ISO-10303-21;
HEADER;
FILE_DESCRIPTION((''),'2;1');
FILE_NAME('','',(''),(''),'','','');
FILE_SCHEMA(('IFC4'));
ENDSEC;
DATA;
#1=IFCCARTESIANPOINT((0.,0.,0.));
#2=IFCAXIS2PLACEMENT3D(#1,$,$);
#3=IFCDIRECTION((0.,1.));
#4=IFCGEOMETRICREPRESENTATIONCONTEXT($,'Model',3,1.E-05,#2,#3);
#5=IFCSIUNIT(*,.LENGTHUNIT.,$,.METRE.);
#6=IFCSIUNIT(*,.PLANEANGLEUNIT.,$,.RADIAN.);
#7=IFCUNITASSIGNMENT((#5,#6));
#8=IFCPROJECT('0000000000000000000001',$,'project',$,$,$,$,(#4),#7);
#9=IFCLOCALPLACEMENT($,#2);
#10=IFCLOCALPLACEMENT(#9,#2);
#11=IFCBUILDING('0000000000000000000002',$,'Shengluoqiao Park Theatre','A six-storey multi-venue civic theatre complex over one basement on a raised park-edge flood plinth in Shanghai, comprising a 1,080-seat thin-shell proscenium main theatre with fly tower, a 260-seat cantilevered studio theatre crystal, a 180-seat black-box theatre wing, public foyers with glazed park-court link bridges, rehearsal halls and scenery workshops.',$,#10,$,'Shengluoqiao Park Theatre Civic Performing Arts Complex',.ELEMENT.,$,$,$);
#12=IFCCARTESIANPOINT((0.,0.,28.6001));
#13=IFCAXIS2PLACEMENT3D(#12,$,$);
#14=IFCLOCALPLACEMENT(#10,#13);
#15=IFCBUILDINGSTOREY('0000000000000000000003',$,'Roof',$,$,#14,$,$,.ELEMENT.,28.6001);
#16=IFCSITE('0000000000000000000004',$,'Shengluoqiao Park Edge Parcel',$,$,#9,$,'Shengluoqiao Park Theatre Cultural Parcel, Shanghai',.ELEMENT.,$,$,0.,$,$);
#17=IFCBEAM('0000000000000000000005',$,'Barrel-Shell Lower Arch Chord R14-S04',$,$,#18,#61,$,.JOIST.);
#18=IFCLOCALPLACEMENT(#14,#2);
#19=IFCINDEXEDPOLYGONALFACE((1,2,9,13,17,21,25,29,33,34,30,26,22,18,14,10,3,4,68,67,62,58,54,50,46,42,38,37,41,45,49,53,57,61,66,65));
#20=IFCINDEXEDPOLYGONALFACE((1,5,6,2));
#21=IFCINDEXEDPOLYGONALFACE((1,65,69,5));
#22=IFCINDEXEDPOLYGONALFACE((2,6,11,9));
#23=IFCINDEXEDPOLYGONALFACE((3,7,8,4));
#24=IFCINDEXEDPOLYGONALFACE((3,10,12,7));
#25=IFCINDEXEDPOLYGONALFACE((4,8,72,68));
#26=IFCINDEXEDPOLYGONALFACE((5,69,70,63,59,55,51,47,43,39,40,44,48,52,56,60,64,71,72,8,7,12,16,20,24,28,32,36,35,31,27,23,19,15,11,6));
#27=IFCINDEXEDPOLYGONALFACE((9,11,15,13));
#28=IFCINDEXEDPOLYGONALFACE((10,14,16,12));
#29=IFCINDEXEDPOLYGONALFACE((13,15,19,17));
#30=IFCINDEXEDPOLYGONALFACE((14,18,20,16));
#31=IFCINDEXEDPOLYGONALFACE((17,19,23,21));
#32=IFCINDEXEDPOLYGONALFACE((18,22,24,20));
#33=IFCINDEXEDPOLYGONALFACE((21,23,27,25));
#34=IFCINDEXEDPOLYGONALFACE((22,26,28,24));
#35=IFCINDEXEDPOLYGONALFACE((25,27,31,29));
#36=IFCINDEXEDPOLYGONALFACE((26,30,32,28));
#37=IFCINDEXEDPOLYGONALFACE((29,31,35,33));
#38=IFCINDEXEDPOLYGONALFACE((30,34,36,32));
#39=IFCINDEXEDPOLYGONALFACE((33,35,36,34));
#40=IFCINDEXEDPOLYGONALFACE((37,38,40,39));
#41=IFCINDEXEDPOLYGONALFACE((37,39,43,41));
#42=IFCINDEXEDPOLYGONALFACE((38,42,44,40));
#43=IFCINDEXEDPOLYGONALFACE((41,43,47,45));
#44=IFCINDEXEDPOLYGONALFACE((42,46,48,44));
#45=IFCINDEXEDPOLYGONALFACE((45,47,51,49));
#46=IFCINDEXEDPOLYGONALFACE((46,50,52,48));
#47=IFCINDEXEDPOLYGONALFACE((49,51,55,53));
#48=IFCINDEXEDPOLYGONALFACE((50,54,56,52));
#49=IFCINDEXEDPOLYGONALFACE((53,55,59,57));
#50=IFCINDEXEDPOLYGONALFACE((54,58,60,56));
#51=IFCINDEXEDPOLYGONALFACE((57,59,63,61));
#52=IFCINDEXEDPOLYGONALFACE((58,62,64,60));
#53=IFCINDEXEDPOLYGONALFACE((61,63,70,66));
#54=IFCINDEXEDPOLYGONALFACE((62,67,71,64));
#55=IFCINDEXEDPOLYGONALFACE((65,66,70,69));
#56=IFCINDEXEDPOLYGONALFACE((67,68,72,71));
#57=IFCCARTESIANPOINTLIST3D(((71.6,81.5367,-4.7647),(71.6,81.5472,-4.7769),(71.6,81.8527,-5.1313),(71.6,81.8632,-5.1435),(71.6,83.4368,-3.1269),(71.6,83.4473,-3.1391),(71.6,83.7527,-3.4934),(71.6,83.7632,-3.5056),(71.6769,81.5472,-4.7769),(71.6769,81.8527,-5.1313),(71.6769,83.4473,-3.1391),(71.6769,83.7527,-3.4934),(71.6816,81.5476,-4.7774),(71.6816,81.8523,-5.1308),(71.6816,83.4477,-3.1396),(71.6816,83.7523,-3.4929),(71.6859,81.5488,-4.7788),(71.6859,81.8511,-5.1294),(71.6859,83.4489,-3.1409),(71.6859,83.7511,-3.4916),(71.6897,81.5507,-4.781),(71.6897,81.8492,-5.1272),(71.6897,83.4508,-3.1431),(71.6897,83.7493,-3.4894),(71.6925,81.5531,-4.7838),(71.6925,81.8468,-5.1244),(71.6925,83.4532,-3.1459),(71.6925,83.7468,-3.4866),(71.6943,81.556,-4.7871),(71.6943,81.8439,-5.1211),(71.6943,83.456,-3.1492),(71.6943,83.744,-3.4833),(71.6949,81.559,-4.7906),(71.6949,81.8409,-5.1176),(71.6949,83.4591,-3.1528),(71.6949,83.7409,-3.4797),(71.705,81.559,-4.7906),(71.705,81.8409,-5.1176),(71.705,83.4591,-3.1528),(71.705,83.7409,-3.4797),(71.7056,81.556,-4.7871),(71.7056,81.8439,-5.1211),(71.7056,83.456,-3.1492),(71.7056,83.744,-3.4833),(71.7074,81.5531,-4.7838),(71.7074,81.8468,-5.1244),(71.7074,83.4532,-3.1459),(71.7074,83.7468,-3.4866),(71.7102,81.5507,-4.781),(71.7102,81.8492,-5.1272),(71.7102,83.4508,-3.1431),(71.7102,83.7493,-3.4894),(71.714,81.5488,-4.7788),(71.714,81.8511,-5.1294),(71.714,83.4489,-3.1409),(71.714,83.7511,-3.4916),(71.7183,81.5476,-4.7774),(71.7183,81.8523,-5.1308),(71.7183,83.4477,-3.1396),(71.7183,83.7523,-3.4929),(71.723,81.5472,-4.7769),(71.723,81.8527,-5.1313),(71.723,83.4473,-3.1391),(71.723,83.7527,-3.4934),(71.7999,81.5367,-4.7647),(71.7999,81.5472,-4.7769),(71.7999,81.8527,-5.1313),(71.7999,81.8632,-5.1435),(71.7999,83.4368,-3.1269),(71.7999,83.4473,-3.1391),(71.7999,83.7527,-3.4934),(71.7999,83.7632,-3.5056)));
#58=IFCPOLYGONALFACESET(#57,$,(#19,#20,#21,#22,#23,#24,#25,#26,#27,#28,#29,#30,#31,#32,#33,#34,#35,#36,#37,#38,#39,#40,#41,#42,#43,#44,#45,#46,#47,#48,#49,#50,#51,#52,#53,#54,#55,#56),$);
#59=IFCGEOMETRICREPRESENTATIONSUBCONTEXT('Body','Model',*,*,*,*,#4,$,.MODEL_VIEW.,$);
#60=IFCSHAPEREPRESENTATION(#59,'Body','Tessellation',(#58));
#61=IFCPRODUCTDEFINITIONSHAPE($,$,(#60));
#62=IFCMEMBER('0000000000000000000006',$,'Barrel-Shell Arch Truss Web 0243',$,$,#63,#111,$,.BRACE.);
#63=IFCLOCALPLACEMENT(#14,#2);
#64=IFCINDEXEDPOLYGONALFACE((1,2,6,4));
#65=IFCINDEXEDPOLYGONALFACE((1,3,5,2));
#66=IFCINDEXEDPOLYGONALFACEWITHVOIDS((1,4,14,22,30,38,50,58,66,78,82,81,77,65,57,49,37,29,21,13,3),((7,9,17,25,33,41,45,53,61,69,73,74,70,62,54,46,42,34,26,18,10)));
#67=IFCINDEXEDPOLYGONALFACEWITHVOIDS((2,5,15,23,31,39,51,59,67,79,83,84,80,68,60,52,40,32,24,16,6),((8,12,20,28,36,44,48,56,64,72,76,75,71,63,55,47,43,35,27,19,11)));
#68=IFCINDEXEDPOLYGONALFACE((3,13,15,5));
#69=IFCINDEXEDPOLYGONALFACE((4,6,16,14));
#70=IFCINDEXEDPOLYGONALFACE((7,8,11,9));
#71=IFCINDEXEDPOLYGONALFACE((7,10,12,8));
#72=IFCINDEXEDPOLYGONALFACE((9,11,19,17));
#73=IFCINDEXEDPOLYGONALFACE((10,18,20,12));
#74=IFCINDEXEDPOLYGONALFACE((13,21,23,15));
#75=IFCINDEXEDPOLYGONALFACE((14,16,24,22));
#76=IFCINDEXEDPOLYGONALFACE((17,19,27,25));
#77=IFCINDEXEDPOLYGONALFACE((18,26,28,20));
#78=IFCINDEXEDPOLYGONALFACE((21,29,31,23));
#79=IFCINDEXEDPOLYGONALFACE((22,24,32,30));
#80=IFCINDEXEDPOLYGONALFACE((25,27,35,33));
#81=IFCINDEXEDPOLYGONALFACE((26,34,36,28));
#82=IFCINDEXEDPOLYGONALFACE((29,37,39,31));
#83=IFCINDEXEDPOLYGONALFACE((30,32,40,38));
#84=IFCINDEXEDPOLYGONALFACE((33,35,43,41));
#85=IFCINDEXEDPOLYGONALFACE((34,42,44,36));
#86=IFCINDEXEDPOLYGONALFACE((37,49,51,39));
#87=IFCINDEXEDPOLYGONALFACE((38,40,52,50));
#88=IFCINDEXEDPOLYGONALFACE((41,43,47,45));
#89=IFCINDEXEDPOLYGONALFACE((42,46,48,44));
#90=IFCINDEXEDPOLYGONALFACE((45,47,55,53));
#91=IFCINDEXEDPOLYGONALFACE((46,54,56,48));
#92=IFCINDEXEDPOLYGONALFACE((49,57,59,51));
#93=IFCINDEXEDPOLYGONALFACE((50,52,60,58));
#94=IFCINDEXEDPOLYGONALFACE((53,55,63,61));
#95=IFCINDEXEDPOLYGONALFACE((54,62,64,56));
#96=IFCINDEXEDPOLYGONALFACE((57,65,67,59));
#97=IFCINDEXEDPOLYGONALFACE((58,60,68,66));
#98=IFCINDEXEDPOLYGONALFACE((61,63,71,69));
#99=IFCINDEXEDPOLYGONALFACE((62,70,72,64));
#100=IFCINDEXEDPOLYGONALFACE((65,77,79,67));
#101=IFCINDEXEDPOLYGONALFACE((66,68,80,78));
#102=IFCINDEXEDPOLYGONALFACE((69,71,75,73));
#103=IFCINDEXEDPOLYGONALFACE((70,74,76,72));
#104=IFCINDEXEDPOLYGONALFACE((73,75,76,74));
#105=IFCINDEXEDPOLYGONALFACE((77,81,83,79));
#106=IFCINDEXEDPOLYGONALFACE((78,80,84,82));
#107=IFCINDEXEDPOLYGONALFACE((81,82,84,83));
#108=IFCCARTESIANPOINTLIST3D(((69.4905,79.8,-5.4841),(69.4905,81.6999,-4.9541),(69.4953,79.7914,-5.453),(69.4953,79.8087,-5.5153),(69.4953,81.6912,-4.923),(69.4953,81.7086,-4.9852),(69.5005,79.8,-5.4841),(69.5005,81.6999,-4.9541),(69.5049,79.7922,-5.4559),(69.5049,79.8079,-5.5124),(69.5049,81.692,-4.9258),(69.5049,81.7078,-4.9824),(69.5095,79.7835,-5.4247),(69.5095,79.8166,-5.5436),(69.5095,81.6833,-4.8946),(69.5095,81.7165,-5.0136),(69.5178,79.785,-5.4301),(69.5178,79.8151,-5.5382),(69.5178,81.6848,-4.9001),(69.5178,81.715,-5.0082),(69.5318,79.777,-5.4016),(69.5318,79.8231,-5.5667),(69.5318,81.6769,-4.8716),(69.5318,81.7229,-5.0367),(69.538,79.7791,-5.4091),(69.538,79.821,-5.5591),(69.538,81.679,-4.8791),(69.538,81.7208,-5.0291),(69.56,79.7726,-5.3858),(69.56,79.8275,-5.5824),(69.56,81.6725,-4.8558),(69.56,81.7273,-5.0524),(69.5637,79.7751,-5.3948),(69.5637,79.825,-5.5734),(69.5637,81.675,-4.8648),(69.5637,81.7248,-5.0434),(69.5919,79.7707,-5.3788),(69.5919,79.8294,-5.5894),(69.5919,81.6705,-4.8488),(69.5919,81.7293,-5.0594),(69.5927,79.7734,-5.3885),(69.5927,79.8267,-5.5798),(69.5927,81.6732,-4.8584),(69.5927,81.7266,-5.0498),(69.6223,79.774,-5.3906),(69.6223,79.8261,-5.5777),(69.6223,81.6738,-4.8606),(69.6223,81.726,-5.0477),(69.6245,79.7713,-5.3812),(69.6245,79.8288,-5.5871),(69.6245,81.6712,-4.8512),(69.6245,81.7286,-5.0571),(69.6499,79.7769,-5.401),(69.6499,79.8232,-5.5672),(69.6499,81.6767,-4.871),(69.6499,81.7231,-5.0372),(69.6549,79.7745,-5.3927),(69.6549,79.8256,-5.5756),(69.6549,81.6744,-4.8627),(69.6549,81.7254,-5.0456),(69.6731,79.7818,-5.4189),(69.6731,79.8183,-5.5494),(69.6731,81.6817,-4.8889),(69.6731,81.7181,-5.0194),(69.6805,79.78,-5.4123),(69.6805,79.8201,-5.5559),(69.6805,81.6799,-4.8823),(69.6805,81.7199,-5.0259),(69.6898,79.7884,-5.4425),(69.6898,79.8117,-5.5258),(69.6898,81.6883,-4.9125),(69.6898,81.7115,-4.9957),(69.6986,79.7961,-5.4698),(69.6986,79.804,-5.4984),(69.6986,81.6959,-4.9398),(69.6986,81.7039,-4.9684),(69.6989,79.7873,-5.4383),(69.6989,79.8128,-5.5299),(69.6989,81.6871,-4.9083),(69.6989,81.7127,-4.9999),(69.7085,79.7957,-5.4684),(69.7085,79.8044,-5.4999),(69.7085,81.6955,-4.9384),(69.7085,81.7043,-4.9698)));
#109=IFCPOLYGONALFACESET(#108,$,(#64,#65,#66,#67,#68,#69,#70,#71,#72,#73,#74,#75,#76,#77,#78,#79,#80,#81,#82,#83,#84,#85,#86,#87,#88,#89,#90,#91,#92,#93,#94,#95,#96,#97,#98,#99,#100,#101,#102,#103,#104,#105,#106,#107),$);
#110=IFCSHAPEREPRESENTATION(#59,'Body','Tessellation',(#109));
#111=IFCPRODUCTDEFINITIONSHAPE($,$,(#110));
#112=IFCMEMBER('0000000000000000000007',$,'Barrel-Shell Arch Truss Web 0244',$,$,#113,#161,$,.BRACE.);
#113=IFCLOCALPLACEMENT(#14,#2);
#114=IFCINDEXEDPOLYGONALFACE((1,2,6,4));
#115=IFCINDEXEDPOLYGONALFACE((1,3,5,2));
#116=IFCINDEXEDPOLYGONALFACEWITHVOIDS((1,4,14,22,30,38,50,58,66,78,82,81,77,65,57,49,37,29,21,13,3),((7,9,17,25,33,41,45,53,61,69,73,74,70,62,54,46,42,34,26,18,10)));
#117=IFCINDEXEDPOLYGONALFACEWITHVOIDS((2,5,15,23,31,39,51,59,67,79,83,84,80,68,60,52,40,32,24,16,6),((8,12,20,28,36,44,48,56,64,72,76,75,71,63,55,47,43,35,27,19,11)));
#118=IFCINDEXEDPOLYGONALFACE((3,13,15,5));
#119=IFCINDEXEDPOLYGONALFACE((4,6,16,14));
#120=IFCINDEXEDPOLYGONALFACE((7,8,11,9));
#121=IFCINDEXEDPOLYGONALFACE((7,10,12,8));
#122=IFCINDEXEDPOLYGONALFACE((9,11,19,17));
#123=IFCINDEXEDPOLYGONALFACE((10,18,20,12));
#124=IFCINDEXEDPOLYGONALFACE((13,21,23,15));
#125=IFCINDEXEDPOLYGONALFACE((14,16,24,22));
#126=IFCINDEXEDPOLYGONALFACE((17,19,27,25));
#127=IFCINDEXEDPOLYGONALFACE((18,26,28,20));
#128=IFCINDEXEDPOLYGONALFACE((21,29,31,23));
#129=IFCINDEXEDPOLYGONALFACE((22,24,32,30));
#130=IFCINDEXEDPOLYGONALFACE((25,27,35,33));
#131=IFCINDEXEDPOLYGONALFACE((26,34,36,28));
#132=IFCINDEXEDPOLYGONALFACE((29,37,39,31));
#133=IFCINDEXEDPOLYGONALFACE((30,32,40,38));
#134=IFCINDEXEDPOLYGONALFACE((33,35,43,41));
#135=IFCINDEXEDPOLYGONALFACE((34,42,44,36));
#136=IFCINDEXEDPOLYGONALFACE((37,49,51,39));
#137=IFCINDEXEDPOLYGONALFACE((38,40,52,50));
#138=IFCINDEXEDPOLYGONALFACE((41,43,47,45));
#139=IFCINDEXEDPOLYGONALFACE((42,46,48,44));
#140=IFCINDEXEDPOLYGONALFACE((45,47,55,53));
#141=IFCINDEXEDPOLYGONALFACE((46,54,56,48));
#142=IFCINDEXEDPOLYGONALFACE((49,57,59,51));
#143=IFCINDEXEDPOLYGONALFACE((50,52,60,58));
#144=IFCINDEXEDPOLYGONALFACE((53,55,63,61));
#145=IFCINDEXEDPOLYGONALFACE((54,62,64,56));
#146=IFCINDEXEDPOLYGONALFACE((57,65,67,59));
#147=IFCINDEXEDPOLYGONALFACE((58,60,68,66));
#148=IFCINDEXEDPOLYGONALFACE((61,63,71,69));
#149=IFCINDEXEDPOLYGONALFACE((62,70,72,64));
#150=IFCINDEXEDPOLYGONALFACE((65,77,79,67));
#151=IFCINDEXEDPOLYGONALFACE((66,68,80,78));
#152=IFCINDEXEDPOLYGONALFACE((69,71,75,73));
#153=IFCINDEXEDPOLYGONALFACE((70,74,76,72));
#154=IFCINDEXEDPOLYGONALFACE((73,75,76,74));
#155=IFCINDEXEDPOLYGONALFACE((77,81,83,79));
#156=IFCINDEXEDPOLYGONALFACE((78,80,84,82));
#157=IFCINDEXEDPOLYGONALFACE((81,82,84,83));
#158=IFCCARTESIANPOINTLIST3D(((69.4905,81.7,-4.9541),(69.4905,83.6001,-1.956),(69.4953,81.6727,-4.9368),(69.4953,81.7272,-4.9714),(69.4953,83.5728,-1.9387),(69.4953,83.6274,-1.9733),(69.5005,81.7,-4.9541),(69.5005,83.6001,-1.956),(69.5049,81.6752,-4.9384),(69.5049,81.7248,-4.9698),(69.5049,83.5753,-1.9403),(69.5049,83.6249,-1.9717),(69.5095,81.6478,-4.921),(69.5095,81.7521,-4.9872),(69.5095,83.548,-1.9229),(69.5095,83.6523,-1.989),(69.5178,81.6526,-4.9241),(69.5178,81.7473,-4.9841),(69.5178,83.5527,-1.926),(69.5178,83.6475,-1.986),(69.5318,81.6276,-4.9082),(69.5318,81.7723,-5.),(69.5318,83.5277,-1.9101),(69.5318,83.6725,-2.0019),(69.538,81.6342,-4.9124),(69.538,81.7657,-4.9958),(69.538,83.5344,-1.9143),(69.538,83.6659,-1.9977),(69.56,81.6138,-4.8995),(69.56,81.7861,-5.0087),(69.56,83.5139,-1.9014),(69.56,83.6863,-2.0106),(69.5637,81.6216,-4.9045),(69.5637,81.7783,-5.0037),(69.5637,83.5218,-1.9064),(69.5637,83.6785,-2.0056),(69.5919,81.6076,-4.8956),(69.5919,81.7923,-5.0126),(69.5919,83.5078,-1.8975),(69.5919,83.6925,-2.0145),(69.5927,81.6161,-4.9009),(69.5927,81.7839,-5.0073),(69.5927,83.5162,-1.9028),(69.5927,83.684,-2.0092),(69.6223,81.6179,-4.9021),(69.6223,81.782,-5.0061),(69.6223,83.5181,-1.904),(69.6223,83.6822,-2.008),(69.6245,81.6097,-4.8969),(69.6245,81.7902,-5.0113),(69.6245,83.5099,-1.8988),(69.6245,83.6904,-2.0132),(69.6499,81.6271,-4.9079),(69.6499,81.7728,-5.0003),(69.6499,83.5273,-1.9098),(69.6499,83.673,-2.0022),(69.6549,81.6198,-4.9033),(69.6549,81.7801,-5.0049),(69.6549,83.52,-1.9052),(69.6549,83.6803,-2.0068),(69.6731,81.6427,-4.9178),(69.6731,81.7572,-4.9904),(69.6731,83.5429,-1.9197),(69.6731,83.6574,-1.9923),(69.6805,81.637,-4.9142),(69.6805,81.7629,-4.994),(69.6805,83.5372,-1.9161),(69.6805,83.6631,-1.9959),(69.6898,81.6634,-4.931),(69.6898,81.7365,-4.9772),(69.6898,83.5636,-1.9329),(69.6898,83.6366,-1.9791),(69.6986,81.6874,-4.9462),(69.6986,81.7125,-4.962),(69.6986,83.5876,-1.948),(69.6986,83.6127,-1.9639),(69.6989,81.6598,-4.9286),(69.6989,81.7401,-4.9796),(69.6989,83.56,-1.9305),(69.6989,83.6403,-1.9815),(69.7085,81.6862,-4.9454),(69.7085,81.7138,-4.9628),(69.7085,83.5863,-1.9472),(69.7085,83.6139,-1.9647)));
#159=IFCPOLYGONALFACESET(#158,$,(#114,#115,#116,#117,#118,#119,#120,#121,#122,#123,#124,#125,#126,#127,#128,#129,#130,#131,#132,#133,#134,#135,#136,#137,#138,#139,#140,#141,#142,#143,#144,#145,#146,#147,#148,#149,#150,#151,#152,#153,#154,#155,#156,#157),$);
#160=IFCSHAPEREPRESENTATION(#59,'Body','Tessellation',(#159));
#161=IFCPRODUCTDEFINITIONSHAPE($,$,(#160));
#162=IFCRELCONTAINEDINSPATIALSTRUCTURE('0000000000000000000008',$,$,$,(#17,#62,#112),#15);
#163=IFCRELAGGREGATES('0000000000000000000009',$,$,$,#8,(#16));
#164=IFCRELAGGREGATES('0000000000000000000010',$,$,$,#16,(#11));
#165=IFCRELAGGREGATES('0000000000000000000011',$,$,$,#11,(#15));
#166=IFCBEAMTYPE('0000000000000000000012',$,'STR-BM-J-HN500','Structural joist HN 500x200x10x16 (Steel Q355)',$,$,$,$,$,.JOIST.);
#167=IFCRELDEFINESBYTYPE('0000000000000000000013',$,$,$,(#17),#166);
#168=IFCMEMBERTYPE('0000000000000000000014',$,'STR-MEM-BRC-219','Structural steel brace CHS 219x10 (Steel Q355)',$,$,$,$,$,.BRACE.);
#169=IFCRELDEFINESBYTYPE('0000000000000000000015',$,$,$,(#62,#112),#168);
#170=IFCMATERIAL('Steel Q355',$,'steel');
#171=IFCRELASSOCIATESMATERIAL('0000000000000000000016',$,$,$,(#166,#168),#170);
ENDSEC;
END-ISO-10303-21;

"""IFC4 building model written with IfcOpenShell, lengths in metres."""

from ifc_helpers import new_model, si_unit, direction, frame, origin, origin_2d, place, context, subcontext, project, spatial, hollow_circle, i_section, extrude, material, material_profile, profile_set, type_object, element, save


model = new_model("IFC4")

# Units and contexts
model_context = context("Model", 3, precision=1e-05, world=origin(), true_north=direction((0.0, 1.0)))
body_context = subcontext(model_context, "Body", "Model", "MODEL_VIEW")
ifc_project = project(units=[si_unit("LENGTHUNIT", "METRE"), si_unit("PLANEANGLEUNIT", "RADIAN")], contexts=[model_context])

# Site, building, storey
site_placement = place(None, origin())
site = spatial("IfcSite", under=ifc_project, at=site_placement, Name="Shengluoqiao Park Edge Parcel", LongName="Shengluoqiao Park Theatre Cultural Parcel, Shanghai", CompositionType="ELEMENT", RefElevation=0.0)
building_placement = place(site_placement, origin())
building = spatial("IfcBuilding", under=site, at=building_placement, Name="Shengluoqiao Park Theatre", Description="A six-storey multi-venue civic theatre complex over one basement on a raised park-edge flood plinth in Shanghai, comprising a 1,080-seat thin-shell proscenium main theatre with fly tower, a 260-seat cantilevered studio theatre crystal, a 180-seat black-box theatre wing, public foyers with glazed park-court link bridges, rehearsal halls and scenery workshops.", LongName="Shengluoqiao Park Theatre Civic Performing Arts Complex", CompositionType="ELEMENT")
storey_placement = place(building_placement, frame((0.0, 0.0, 28.6001)))
storey = spatial("IfcBuildingStorey", under=building, at=storey_placement, Name="Roof", CompositionType="ELEMENT", Elevation=28.6001)

# Beam
ifc_material_1 = material(Name="Steel Q355", Category="steel")
ifc_material_profile_1 = material_profile(ifc_material_1, i_section(OverallWidth=0.2, OverallDepth=0.5, WebThickness=0.01, FlangeThickness=0.0161, FilletRadius=0.0181, at=origin_2d()), Name="HN 500x200x10x16")
ifc_profile_set_1 = profile_set([ifc_material_profile_1], Name="Steel Q355")
beam_type_1 = type_object("IfcBeamType", Name="STR-BM-J-HN500", Description="Structural joist HN 500x200x10x16 (Steel Q355)", PredefinedType="JOIST", material=ifc_profile_set_1)
beam_1_placement = place(storey_placement, frame((71.7, 81.7, -4.9541), z_axis=(0.0, 0.757433, 0.652913), x_axis=(-1.0, 0.0, 0.0)))
element("IfcBeam", 1, at=beam_1_placement, inside=storey, type_object=beam_type_1, Name="Barrel-Shell Lower Arch Chord R14-S04", PredefinedType="JOIST", context=body_context, shape_type="SweptSolid", body=[
    extrude(i_section(OverallWidth=0.2, OverallDepth=0.5, WebThickness=0.01, FlangeThickness=0.0161, FilletRadius=0.0181, at=origin_2d()), origin(), (0.0, 0.0, 1.0), 2.5085),
])

# Members
ifc_material_profile_2 = material_profile(ifc_material_1, hollow_circle(Radius=0.1096, WallThickness=0.01, at=origin_2d()), Name="CHS 219x10")
ifc_profile_set_2 = profile_set([ifc_material_profile_2], Name="Steel Q355")
member_type_1 = type_object("IfcMemberType", Name="STR-MEM-BRC-219", Description="Structural steel brace CHS 219x10 (Steel Q355)", PredefinedType="BRACE", material=ifc_profile_set_2)
member_1_placement = place(storey_placement, frame((69.6001, 79.8, -5.4841), z_axis=(0.0, 0.963219, 0.268716), x_axis=(-1.0, 0.0, 0.0)))
element("IfcMember", 2, at=member_1_placement, inside=storey, type_object=member_type_1, Name="Barrel-Shell Arch Truss Web 0243", PredefinedType="BRACE", context=body_context, shape_type="SweptSolid", body=[
    extrude(hollow_circle(Radius=0.1096, WallThickness=0.01, at=origin_2d()), origin(), (0.0, 0.0, 1.0), 1.9724),
])
member_2_placement = place(storey_placement, frame((69.6001, 81.7, -4.9541), z_axis=(0.0, 0.53533, 0.844643), x_axis=(-1.0, 0.0, 0.0)))
element("IfcMember", 3, at=member_2_placement, inside=storey, type_object=member_type_1, Name="Barrel-Shell Arch Truss Web 0244", PredefinedType="BRACE", context=body_context, shape_type="SweptSolid", body=[
    extrude(hollow_circle(Radius=0.1096, WallThickness=0.01, at=origin_2d()), origin(), (0.0, 0.0, 1.0), 3.5496),
])

save(model, "model.ifc")
